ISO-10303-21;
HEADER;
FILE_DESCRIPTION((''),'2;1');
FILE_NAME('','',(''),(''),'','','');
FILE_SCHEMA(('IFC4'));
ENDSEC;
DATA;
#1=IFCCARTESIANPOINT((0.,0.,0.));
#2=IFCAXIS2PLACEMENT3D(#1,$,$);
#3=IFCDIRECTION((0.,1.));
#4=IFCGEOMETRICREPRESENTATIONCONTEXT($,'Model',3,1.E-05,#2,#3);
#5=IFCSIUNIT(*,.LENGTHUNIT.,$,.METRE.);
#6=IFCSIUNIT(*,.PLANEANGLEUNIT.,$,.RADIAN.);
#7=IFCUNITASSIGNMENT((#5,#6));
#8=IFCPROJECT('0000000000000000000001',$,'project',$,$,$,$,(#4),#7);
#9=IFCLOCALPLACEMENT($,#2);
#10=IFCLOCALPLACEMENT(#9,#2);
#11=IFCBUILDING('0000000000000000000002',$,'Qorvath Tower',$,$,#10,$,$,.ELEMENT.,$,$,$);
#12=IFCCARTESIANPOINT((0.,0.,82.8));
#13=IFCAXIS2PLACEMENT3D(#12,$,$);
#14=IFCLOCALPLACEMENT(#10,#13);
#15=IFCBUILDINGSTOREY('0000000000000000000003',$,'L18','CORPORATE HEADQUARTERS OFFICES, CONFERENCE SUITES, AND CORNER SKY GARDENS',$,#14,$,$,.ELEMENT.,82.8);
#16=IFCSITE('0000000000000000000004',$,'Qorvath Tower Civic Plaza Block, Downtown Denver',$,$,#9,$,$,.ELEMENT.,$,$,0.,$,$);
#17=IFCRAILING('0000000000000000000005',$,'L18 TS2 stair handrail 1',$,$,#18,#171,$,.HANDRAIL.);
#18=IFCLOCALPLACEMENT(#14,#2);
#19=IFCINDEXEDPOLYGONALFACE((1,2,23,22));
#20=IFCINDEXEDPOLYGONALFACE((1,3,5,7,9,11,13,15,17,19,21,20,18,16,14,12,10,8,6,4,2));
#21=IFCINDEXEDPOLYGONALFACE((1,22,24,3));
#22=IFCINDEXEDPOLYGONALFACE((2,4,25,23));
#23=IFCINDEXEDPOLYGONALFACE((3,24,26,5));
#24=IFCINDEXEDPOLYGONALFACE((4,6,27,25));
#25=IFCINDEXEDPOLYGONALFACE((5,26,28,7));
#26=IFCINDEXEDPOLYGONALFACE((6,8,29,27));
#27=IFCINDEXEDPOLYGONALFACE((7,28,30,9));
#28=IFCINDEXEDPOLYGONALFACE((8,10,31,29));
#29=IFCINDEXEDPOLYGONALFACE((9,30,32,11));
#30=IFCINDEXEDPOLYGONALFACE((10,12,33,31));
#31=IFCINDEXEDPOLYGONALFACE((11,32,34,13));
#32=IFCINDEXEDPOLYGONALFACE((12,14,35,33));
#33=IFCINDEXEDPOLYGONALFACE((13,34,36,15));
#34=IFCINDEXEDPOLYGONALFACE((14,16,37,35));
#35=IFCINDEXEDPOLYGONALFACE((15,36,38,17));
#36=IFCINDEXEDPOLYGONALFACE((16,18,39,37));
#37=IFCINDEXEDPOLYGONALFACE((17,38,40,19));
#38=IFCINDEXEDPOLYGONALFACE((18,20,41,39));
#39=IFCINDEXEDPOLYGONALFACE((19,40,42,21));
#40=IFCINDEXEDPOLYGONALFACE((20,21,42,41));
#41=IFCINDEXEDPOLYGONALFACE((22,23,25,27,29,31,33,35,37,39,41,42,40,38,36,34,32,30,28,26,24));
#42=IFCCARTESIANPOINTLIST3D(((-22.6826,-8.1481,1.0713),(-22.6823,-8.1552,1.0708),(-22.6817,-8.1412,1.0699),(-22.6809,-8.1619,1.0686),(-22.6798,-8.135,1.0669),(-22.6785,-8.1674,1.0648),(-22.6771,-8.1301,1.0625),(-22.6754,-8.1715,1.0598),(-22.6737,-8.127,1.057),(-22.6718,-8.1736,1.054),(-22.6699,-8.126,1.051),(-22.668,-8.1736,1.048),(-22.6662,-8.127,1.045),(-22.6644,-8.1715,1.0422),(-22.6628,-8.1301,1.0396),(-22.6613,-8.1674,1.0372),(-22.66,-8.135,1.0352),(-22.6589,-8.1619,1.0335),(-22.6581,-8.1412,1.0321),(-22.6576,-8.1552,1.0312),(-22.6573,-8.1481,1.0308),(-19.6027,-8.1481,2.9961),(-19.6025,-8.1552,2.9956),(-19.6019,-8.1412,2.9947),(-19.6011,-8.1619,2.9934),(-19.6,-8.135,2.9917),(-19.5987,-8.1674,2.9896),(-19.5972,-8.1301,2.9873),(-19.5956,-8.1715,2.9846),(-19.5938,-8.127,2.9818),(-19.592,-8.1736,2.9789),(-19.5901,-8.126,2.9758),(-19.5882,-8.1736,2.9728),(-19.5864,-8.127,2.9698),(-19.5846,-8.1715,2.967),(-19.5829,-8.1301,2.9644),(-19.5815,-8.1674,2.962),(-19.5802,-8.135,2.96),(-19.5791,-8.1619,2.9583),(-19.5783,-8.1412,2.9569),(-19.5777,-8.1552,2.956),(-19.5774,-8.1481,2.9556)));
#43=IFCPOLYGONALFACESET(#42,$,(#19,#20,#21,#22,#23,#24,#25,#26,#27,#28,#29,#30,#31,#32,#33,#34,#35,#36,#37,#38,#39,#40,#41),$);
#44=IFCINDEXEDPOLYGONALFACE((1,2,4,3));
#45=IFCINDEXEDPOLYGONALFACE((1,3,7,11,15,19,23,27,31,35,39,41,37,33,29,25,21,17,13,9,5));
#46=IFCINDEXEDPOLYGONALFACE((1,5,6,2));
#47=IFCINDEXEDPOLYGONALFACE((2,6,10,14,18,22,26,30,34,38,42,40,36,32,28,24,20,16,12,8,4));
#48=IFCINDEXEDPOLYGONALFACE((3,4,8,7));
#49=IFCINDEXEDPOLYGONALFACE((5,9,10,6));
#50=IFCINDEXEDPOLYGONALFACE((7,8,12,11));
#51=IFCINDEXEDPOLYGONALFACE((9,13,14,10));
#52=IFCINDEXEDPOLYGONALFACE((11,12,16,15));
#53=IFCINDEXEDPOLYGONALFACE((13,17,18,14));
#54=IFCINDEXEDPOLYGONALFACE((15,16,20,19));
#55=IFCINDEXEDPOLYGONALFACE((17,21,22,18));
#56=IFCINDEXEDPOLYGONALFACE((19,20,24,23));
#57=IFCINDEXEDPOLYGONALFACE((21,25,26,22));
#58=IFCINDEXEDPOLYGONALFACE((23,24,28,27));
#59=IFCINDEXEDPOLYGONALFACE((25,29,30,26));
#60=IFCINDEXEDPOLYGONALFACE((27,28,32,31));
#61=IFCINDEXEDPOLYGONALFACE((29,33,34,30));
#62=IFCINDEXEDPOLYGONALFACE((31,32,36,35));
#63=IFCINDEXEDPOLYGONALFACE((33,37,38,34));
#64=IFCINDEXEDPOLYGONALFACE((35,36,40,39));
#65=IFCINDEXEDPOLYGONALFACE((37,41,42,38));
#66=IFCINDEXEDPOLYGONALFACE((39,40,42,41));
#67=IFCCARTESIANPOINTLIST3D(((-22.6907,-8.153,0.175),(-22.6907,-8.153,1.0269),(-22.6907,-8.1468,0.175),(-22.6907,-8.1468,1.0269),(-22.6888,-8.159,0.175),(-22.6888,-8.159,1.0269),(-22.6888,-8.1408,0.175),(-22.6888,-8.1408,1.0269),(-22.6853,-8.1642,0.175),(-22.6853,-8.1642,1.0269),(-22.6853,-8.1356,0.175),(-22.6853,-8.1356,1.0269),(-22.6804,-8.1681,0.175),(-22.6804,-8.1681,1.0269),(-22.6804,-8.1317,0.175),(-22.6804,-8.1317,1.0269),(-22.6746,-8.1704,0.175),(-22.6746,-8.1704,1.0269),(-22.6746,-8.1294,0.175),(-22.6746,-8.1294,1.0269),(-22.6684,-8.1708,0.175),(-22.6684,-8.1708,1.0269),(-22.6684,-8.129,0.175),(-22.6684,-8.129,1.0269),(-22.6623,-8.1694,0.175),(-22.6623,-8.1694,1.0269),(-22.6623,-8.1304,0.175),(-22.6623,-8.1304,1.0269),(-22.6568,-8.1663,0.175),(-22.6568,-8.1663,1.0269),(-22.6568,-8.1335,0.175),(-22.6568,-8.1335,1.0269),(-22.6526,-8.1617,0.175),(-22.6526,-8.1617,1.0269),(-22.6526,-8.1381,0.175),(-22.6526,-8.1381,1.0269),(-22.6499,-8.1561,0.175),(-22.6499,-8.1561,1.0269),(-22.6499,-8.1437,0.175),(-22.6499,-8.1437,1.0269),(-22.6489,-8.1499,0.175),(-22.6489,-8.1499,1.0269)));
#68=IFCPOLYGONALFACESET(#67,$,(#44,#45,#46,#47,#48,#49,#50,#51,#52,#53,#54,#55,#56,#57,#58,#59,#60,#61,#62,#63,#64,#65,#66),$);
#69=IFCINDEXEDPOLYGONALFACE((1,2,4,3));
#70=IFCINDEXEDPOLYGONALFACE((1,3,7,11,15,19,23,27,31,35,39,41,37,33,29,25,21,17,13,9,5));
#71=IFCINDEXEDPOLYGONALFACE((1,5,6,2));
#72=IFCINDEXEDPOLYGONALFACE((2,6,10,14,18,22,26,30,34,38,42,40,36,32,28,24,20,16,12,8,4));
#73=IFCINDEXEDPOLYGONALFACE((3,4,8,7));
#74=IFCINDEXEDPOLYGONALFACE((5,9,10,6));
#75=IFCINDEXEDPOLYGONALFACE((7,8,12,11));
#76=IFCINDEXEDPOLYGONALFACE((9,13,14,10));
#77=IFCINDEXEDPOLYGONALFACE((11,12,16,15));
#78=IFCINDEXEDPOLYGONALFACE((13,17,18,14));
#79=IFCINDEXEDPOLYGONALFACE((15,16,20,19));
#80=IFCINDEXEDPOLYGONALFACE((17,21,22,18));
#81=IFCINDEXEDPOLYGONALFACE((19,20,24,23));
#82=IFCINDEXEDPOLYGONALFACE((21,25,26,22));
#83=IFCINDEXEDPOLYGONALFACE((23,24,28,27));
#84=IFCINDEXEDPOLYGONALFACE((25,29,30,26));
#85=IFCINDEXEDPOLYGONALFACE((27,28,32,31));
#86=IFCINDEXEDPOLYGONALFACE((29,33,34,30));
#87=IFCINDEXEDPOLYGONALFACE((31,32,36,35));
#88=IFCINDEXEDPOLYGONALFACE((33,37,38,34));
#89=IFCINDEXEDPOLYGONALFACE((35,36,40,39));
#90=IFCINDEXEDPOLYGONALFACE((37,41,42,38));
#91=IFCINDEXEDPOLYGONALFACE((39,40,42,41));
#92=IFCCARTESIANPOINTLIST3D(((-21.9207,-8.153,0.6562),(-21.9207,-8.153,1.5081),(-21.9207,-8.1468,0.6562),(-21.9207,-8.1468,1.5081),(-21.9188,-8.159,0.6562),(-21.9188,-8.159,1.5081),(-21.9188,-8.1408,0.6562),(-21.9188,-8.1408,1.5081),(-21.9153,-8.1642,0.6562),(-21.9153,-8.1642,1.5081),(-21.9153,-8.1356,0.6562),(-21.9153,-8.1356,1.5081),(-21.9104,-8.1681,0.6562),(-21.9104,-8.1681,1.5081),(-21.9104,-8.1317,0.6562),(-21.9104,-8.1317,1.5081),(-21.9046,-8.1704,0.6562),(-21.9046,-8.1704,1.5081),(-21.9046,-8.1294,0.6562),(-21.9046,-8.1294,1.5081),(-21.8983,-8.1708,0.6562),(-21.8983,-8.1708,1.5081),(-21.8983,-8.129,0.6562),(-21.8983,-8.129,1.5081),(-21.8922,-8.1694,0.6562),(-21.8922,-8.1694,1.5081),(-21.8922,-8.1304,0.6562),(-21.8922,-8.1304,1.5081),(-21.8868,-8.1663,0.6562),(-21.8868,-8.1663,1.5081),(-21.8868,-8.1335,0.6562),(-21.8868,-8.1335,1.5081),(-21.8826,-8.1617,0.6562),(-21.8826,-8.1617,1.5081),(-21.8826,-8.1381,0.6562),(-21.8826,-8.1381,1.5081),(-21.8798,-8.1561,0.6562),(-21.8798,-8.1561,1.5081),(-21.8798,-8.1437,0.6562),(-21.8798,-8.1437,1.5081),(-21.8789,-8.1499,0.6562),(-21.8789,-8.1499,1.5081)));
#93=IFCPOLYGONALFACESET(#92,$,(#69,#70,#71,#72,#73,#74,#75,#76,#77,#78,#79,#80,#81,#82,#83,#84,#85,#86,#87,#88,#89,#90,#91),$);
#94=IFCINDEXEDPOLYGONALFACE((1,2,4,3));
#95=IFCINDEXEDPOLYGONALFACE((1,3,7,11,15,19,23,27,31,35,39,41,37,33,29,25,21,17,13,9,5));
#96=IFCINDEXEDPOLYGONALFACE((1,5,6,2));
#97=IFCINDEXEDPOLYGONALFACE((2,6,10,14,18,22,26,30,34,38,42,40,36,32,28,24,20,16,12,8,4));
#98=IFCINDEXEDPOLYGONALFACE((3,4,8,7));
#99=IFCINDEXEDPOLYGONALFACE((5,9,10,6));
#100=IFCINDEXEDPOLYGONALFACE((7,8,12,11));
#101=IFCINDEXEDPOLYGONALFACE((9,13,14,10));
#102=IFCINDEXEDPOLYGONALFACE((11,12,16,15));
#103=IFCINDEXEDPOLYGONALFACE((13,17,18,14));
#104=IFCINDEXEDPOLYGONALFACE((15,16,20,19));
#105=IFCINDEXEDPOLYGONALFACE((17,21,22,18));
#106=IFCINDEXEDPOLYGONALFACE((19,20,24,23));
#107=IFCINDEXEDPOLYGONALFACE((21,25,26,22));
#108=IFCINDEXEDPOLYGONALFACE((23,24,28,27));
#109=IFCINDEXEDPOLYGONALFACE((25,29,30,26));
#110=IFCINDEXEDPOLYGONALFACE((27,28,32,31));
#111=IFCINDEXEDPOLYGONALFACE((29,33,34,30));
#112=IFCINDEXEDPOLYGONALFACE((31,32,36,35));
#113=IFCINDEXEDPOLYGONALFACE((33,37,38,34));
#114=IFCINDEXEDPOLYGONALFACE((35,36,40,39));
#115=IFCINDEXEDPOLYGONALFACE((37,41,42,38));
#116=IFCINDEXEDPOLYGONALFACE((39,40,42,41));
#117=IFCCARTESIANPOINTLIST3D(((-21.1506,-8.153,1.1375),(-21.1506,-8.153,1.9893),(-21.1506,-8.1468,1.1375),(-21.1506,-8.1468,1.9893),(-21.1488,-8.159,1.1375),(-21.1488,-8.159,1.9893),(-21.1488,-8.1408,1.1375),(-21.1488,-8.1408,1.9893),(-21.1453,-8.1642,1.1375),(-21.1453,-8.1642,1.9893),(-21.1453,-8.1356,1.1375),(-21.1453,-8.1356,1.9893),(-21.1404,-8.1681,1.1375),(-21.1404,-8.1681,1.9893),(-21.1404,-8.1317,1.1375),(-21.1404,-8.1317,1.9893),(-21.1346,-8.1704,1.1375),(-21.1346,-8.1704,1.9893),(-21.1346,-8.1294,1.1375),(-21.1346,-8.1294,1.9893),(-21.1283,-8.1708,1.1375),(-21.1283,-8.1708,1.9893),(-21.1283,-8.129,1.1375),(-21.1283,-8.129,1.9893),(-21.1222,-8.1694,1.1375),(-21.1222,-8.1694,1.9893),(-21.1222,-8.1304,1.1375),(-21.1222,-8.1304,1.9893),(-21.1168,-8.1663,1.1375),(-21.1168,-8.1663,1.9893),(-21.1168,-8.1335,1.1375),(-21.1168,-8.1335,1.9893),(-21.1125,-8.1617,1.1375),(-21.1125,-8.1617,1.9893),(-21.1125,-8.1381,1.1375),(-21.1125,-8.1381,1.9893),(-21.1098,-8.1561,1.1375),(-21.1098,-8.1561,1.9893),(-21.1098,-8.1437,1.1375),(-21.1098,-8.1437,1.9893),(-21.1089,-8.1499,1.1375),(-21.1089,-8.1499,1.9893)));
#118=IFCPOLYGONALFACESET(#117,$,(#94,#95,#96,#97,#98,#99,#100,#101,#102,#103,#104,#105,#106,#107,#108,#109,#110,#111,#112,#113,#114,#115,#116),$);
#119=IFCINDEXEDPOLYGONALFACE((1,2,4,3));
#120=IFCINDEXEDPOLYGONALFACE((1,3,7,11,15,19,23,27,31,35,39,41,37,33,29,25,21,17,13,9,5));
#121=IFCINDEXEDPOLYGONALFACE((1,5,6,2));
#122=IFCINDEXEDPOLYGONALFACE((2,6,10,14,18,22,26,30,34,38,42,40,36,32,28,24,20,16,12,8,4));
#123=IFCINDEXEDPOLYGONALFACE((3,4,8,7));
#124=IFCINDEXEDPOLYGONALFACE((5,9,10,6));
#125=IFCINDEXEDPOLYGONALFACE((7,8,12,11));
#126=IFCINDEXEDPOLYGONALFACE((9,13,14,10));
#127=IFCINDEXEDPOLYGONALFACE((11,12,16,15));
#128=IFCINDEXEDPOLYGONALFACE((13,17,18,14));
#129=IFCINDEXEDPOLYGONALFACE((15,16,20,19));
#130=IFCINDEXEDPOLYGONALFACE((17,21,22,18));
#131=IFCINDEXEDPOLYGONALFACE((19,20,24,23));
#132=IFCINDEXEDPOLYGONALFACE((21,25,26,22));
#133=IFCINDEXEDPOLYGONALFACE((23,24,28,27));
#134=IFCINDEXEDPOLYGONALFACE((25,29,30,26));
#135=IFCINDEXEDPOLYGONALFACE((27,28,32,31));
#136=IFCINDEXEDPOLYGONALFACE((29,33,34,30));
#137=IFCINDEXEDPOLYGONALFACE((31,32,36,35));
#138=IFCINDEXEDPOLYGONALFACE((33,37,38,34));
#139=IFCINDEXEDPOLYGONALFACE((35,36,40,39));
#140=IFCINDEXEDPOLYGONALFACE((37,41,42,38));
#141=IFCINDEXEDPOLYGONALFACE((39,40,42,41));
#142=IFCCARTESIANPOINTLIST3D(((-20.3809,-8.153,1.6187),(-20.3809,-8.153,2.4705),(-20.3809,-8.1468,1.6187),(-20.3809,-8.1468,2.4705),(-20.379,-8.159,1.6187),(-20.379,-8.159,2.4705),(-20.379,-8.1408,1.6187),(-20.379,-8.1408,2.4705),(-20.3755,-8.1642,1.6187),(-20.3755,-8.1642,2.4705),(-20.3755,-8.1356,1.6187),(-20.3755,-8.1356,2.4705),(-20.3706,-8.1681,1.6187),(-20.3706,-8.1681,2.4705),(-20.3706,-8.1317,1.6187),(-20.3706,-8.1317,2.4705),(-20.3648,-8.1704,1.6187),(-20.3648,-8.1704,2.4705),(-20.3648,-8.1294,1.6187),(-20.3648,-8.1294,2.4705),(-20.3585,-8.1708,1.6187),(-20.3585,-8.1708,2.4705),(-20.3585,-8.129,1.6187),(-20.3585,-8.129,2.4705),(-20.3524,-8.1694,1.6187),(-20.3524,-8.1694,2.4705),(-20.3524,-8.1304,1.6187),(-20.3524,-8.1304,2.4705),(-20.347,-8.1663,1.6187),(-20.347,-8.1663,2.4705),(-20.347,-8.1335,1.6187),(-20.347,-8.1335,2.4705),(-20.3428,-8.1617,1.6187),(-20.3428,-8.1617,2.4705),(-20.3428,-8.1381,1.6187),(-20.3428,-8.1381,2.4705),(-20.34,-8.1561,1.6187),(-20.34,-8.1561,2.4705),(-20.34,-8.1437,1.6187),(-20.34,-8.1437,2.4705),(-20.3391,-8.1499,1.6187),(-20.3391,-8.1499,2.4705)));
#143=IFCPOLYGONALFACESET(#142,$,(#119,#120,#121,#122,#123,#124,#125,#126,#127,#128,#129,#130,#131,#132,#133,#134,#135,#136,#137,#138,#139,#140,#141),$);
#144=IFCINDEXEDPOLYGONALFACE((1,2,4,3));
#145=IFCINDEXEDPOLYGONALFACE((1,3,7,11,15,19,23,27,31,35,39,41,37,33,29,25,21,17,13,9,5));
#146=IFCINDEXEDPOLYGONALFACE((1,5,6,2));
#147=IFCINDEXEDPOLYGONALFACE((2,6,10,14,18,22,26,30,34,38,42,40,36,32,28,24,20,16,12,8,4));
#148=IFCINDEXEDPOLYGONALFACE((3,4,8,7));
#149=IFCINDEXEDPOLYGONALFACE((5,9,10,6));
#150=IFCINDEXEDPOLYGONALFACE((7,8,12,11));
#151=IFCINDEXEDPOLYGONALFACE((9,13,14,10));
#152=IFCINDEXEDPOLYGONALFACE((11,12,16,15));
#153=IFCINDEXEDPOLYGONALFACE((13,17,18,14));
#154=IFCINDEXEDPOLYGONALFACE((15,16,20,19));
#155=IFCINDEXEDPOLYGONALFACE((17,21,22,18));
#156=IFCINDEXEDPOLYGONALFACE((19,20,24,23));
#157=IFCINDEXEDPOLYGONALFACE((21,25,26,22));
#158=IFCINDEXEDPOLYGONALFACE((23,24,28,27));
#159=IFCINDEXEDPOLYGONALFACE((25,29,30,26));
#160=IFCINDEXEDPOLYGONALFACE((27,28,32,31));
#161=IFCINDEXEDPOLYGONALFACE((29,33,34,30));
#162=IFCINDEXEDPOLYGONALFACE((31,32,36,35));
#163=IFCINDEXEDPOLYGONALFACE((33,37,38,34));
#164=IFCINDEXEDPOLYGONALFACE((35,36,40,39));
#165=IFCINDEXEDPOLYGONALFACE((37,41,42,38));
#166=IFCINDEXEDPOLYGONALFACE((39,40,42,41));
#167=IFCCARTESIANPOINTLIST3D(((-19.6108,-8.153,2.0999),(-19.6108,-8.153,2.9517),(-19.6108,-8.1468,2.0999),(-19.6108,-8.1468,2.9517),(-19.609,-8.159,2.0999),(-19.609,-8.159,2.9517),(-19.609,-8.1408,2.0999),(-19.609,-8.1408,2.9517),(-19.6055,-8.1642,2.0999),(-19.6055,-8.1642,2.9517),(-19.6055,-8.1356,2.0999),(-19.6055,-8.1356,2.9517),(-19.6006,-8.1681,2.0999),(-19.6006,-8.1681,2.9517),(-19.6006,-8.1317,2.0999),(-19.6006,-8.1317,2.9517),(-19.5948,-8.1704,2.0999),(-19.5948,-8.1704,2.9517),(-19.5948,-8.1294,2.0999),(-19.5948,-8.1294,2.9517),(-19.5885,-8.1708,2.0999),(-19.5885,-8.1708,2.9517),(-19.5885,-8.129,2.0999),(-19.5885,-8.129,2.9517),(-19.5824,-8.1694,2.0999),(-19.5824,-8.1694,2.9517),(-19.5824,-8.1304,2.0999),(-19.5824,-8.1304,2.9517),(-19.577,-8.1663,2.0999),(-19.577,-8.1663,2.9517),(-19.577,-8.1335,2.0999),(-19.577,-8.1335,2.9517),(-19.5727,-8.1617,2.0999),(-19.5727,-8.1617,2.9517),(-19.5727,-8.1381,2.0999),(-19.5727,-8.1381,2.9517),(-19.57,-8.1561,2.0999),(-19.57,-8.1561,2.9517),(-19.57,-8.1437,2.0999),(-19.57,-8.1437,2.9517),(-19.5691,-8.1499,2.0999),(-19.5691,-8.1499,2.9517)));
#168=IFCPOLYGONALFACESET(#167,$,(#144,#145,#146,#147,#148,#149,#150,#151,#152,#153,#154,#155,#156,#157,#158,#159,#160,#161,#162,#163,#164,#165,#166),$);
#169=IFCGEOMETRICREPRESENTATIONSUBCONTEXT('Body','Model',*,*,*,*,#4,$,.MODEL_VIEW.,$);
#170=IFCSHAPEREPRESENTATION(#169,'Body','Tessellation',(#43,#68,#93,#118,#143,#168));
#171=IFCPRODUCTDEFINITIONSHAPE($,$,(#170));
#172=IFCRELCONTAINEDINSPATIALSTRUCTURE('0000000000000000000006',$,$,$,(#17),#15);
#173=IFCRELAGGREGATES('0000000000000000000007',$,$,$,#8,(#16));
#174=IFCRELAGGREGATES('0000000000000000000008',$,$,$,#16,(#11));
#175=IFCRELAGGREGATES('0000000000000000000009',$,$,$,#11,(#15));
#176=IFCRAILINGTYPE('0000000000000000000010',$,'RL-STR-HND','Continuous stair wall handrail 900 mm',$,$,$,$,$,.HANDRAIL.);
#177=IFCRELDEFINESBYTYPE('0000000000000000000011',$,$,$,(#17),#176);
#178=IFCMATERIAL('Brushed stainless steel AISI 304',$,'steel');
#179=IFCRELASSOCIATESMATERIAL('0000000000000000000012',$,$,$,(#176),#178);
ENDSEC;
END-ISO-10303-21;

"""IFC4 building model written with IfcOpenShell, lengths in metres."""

from ifc_helpers import new_model, si_unit, direction, frame, origin, origin_2d, place, context, subcontext, project, spatial, circle, extrude, material, type_object, element, save


model = new_model("IFC4")

# Units and contexts
model_context = context("Model", 3, precision=1e-05, world=origin(), true_north=direction((0.0, 1.0)))
body_context = subcontext(model_context, "Body", "Model", "MODEL_VIEW")
ifc_project = project(units=[si_unit("LENGTHUNIT", "METRE"), si_unit("PLANEANGLEUNIT", "RADIAN")], contexts=[model_context])

# Site, building, storey
site_placement = place(None, origin())
site = spatial("IfcSite", under=ifc_project, at=site_placement, Name="Qorvath Tower Civic Plaza Block, Downtown Denver", CompositionType="ELEMENT", RefElevation=0.0)
building_placement = place(site_placement, origin())
building = spatial("IfcBuilding", under=site, at=building_placement, Name="Qorvath Tower", CompositionType="ELEMENT")
storey_placement = place(building_placement, frame((0.0, 0.0, 82.8)))
storey = spatial("IfcBuildingStorey", under=building, at=storey_placement, Name="L18", Description="CORPORATE HEADQUARTERS OFFICES, CONFERENCE SUITES, AND CORNER SKY GARDENS", CompositionType="ELEMENT", Elevation=82.8)

# Railing
ifc_material_1 = material(Name="Brushed stainless steel AISI 304", Category="steel")
railing_type_1 = type_object("IfcRailingType", Name="RL-STR-HND", Description="Continuous stair wall handrail 900 mm", PredefinedType="HANDRAIL", material=ifc_material_1)
railing_1_placement = place(storey_placement, frame((-22.6699, -8.1499, 0.175)))
element("IfcRailing", 1, at=railing_1_placement, inside=storey, type_object=railing_type_1, Name="L18 TS2 stair handrail 1", PredefinedType="HANDRAIL", context=body_context, shape_type="SweptSolid", body=[
    extrude(circle(Radius=0.0239, at=origin_2d()), frame((0.0, 0.0, 0.876), z_axis=(0.84801, 0.0, 0.529981), x_axis=(0.0, 1.0, 0.0)), (0.0, 0.0, 1.0), 3.6318),
    extrude(circle(Radius=0.021, at=origin_2d()), origin(), (0.0, 0.0, 1.0), 0.8518),
    extrude(circle(Radius=0.021, at=origin_2d()), frame((0.77, 0.0, 0.4812)), (0.0, 0.0, 1.0), 0.8518),
    extrude(circle(Radius=0.021, at=origin_2d()), frame((1.54, 0.0, 0.9624)), (0.0, 0.0, 1.0), 0.8518),
    extrude(circle(Radius=0.021, at=origin_2d()), frame((2.3098, 0.0, 1.4436)), (0.0, 0.0, 1.0), 0.8518),
    extrude(circle(Radius=0.021, at=origin_2d()), frame((3.0798, 0.0, 1.9248)), (0.0, 0.0, 1.0), 0.8518),
])

save(model, "model.ifc")
